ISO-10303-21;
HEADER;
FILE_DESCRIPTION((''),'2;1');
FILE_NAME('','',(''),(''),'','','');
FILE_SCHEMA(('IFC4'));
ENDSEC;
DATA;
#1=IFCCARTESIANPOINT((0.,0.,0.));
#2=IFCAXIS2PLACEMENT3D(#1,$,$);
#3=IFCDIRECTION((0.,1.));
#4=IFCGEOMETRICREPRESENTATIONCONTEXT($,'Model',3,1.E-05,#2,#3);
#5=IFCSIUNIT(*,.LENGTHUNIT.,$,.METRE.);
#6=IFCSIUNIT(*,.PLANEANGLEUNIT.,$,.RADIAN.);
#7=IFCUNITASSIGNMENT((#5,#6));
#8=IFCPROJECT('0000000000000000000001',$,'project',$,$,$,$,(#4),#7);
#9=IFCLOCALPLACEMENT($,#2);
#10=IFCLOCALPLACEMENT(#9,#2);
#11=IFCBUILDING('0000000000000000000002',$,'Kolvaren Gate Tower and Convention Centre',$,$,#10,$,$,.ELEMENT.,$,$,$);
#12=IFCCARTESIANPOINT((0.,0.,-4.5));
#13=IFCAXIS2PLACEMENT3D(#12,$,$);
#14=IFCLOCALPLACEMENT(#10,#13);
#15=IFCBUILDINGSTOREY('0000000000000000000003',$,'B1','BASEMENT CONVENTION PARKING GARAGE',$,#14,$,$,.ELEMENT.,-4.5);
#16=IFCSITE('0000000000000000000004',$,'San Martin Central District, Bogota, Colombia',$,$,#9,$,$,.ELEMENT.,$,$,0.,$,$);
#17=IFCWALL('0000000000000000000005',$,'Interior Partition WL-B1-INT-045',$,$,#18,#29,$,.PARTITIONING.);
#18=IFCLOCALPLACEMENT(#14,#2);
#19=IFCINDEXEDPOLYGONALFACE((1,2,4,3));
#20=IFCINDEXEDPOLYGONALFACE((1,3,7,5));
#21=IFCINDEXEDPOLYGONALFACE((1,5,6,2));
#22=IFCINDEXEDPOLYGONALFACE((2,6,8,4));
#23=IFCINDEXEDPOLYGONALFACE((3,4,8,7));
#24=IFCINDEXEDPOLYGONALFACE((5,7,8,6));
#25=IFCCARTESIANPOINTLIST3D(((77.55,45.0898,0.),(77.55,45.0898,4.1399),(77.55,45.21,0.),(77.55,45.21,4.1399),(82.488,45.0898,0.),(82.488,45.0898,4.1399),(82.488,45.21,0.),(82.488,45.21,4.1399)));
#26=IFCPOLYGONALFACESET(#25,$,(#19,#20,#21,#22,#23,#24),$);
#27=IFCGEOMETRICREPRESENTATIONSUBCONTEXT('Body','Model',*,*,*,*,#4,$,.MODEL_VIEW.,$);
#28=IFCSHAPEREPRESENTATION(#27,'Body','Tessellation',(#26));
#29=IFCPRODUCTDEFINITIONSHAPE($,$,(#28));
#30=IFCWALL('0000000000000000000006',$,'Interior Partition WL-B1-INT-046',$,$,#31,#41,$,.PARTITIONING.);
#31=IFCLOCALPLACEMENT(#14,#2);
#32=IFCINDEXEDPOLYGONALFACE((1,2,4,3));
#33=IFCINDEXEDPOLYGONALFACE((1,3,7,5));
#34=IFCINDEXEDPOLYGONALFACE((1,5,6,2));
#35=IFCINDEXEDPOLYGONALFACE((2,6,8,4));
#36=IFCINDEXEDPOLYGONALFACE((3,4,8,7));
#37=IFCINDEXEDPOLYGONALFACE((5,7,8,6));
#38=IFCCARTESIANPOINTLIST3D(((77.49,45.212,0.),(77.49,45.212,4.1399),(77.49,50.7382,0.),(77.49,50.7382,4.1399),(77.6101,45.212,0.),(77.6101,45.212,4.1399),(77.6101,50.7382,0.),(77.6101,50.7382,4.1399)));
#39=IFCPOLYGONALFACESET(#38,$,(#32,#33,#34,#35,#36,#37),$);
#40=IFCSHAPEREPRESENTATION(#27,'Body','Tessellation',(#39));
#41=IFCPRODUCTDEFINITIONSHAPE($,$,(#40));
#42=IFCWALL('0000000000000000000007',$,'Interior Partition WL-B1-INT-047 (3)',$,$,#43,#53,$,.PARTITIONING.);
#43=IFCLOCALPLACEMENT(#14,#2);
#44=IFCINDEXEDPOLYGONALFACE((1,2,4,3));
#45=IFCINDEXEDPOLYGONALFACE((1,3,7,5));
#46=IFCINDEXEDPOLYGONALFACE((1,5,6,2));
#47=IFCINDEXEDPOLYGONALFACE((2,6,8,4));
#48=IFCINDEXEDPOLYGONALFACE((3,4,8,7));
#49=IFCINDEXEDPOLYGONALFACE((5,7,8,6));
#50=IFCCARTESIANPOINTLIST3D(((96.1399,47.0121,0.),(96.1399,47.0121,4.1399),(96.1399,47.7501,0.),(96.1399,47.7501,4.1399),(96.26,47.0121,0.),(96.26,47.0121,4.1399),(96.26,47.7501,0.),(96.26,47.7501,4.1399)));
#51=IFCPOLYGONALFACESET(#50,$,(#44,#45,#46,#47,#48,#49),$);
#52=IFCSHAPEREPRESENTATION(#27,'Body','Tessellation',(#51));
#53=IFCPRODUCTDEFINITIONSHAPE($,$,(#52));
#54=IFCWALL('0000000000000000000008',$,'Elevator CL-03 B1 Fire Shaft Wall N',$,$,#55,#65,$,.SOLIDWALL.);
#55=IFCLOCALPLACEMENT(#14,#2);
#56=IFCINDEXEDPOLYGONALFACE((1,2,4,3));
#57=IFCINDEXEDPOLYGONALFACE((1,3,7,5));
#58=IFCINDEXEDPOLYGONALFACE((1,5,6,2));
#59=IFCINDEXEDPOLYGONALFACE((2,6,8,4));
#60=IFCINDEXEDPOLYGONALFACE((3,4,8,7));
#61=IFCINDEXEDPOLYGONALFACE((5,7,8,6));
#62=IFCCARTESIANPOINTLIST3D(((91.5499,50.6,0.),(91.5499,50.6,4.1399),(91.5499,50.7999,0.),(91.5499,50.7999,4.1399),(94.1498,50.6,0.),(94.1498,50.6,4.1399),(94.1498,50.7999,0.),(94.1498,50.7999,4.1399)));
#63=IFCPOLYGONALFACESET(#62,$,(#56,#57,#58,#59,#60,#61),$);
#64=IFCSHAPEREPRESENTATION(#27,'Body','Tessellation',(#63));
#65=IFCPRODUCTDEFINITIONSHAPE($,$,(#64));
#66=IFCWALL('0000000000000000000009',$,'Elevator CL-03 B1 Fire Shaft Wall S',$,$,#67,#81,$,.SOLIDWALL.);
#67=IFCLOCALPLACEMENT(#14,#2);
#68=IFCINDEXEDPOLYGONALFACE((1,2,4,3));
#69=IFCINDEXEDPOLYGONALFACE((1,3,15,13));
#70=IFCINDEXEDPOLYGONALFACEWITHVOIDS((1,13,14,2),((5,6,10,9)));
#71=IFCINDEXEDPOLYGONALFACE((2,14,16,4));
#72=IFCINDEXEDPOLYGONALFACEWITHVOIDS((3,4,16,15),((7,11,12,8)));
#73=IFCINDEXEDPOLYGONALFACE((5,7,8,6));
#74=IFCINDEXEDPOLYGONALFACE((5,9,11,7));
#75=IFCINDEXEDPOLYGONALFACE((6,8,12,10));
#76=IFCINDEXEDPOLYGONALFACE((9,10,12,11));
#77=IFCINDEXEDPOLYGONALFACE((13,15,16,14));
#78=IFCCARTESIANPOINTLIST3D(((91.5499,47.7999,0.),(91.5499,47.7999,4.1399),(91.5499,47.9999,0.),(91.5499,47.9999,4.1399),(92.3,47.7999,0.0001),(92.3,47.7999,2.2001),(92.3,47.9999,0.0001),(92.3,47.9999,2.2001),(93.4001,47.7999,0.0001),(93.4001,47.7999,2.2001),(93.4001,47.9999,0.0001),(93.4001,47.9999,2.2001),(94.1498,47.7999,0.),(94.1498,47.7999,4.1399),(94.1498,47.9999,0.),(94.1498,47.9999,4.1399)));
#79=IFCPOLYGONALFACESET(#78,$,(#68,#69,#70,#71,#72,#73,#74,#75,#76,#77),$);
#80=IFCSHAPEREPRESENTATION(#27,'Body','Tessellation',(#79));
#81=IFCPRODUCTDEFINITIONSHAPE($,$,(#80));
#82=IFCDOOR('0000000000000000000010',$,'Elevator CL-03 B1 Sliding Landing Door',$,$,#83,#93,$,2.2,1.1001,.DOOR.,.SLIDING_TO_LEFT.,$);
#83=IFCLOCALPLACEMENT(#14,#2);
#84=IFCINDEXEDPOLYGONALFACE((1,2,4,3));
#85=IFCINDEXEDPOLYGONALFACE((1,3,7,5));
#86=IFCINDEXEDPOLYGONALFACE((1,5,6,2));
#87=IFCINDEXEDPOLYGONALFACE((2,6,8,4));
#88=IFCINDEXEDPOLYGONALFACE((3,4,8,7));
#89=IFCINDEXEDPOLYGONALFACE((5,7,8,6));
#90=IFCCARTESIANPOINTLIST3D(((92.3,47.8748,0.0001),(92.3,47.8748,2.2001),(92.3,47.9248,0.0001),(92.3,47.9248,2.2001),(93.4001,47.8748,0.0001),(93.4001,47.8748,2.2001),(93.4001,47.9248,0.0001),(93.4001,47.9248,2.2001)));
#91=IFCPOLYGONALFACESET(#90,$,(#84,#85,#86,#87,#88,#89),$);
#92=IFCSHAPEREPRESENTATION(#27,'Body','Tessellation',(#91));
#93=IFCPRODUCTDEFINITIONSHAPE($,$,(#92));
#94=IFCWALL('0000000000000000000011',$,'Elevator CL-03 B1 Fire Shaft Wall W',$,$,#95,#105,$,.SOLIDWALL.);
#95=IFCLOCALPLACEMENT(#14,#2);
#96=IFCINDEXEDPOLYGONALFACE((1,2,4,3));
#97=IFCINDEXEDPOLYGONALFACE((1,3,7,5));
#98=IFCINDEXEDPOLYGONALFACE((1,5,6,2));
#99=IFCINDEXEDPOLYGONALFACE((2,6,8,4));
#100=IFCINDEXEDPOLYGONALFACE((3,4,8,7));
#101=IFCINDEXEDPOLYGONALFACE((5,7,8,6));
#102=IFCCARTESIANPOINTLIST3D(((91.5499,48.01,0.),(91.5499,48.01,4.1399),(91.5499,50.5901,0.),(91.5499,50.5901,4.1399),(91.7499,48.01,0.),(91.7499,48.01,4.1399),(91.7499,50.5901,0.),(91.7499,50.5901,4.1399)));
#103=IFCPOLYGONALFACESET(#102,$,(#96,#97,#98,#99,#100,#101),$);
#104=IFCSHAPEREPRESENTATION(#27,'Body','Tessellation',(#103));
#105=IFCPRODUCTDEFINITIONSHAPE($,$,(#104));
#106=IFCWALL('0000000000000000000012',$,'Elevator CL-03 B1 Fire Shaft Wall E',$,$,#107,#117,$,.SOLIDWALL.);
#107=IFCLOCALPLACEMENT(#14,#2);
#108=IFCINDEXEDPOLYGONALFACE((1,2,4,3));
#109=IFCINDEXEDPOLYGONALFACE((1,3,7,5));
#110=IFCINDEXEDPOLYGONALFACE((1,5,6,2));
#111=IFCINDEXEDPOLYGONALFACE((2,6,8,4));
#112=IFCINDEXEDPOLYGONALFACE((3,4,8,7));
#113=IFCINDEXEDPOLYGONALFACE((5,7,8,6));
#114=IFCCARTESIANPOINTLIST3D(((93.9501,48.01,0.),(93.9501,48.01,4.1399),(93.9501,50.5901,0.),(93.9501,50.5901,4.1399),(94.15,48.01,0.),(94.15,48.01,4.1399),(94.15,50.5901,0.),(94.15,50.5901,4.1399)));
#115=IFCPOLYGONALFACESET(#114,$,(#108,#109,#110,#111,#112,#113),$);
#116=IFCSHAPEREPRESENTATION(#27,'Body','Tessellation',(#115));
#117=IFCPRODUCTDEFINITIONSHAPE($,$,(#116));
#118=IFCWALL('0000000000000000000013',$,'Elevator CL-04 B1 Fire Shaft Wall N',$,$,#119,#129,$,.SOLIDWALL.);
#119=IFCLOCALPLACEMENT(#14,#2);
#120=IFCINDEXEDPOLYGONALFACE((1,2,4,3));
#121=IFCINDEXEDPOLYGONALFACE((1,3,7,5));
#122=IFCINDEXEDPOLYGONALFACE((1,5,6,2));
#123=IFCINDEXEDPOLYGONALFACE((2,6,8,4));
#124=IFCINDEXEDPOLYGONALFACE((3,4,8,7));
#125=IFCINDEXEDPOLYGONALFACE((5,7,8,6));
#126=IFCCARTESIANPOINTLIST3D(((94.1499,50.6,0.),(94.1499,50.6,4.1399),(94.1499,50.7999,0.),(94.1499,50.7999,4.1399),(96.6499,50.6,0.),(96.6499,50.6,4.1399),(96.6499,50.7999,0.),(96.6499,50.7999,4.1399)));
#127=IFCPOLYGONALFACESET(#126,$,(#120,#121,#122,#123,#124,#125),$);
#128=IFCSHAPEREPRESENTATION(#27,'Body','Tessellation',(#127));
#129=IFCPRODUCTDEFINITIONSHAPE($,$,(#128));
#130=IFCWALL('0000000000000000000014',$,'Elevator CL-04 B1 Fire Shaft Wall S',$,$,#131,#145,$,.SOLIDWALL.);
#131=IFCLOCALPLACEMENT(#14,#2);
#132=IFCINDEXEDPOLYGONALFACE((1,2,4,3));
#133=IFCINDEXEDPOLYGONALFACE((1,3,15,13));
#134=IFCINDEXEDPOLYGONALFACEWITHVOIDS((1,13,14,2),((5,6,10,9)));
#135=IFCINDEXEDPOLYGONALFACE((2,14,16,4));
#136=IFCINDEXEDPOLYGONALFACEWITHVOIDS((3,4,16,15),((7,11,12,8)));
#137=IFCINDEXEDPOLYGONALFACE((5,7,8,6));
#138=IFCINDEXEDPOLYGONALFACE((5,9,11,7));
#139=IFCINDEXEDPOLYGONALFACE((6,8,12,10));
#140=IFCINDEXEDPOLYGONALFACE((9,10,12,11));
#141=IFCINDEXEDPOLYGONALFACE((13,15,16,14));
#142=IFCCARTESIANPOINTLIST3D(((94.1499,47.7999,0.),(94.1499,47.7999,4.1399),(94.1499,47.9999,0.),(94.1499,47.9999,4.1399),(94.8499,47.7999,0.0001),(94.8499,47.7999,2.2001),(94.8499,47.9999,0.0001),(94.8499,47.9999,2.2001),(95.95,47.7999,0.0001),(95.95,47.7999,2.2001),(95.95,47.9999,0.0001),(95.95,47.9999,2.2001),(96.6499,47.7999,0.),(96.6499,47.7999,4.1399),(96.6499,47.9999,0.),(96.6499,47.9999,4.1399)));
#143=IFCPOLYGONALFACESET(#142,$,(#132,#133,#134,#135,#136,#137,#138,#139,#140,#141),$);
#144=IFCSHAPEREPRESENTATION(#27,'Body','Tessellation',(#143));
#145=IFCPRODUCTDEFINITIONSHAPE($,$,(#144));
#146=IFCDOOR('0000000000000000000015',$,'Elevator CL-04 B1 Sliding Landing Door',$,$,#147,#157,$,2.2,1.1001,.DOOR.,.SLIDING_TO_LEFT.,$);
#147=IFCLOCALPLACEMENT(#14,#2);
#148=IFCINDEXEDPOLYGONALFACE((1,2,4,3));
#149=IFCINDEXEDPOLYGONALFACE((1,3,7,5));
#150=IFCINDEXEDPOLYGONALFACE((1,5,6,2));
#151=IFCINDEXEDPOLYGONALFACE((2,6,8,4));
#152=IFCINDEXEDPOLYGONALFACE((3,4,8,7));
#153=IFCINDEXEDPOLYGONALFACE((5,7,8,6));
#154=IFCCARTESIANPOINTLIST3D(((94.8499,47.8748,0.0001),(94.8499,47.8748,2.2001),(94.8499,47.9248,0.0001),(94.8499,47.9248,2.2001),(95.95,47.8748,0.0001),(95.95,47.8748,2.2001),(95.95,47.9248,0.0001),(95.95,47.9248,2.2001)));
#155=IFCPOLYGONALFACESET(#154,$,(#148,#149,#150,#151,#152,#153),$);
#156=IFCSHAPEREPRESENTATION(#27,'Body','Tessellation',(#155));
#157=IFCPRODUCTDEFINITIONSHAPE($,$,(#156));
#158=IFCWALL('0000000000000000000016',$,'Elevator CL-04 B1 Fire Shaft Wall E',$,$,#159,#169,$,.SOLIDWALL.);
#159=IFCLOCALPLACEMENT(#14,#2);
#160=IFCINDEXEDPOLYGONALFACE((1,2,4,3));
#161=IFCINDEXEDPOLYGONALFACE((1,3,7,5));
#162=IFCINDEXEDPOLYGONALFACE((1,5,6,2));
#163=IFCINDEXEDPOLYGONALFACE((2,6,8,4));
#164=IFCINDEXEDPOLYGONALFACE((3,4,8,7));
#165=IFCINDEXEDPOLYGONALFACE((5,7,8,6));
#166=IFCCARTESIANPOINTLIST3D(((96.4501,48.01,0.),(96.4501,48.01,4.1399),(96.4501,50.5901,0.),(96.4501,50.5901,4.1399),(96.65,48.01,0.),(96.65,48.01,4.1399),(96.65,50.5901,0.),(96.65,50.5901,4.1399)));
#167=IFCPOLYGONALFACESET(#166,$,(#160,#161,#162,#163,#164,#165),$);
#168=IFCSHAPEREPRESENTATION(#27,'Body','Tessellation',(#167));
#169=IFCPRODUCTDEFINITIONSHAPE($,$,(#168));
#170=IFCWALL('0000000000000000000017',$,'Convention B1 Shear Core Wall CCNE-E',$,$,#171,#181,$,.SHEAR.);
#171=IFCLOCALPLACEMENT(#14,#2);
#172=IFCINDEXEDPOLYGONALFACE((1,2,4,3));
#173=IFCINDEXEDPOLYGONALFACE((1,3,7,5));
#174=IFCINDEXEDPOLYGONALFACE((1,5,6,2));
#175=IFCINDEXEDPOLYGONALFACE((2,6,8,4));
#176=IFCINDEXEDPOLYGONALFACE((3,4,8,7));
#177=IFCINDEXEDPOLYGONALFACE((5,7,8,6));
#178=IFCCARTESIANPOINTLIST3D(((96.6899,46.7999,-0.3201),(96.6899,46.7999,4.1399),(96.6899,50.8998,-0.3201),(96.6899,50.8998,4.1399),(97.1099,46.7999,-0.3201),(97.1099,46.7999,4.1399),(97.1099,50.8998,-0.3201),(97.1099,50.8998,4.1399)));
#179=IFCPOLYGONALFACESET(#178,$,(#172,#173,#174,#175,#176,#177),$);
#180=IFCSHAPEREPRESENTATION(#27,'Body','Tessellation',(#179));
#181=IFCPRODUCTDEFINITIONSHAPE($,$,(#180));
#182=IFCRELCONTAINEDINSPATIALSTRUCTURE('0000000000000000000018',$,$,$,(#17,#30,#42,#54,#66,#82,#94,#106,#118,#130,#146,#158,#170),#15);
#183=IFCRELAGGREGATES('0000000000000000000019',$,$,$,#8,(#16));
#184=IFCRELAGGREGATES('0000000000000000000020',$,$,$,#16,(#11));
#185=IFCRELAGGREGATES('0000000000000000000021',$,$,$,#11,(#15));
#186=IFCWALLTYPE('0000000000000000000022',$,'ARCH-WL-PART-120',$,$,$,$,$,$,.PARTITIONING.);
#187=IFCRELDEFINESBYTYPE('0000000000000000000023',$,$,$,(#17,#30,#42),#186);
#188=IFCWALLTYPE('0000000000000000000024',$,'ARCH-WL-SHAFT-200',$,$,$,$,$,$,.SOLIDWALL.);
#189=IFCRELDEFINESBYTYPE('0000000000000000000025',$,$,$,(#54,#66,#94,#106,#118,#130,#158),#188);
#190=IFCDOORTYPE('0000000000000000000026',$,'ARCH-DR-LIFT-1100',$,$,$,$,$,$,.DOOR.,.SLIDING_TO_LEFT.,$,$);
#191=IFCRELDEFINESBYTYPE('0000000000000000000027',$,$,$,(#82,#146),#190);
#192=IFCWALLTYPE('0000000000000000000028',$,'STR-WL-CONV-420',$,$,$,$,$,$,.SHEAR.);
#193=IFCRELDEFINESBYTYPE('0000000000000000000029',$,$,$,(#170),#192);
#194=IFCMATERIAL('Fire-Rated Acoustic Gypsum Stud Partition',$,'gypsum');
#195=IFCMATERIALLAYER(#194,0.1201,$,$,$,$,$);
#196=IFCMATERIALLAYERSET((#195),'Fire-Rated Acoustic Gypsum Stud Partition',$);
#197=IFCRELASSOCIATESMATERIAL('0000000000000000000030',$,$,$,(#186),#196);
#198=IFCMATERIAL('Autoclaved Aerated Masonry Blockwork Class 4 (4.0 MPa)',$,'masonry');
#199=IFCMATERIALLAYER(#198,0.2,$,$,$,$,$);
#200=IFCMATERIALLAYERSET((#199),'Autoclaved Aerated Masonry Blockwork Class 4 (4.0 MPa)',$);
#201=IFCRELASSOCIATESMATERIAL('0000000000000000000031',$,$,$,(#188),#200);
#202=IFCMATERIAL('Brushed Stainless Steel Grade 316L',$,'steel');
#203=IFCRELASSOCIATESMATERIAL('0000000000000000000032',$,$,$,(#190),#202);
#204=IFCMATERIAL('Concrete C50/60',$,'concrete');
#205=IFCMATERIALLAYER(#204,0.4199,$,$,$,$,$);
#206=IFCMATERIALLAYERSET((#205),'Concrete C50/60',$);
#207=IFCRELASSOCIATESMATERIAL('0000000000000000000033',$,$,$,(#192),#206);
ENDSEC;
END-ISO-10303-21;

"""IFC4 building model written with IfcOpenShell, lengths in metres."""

from ifc_helpers import new_model, si_unit, direction, frame, frame_2d, origin, place, context, subcontext, project, spatial, rectangle, extrude, material, layer, layer_set, type_object, element, fill, save


model = new_model("IFC4")

# Units and contexts
model_context = context("Model", 3, precision=1e-05, world=origin(), true_north=direction((0.0, 1.0)))
body_context = subcontext(model_context, "Body", "Model", "MODEL_VIEW")
ifc_project = project(units=[si_unit("LENGTHUNIT", "METRE"), si_unit("PLANEANGLEUNIT", "RADIAN")], contexts=[model_context])

# Site, building, storey
site_placement = place(None, origin())
site = spatial("IfcSite", under=ifc_project, at=site_placement, Name="San Martin Central District, Bogota, Colombia", CompositionType="ELEMENT", RefElevation=0.0)
building_placement = place(site_placement, origin())
building = spatial("IfcBuilding", under=site, at=building_placement, Name="Kolvaren Gate Tower and Convention Centre", CompositionType="ELEMENT")
storey_placement = place(building_placement, frame((0.0, 0.0, -4.5)))
storey = spatial("IfcBuildingStorey", under=building, at=storey_placement, Name="B1", Description="BASEMENT CONVENTION PARKING GARAGE", CompositionType="ELEMENT", Elevation=-4.5)

# Walls
ifc_material_1 = material(Name="Fire-Rated Acoustic Gypsum Stud Partition", Category="gypsum")
ifc_layer_1 = layer(ifc_material_1, 0.1201)
ifc_layer_set_1 = layer_set([ifc_layer_1], Name="Fire-Rated Acoustic Gypsum Stud Partition")
wall_type_1 = type_object("IfcWallType", Name="ARCH-WL-PART-120", PredefinedType="PARTITIONING", material=ifc_layer_set_1)
wall_1_placement = place(storey_placement, frame((77.55, 45.1499, 0.0), z_axis=(0.0, 0.0, 1.0), x_axis=(1.0, 0.0, 0.0)))
element("IfcWall", 1, at=wall_1_placement, inside=storey, type_object=wall_type_1, Name="Interior Partition WL-B1-INT-045", PredefinedType="PARTITIONING", context=body_context, shape_type="SweptSolid", body=[
    extrude(rectangle(XDim=4.938, YDim=0.1201, at=frame_2d((2.469, 0.0))), origin(), (0.0, 0.0, 1.0), 4.1399),
])
wall_2_placement = place(storey_placement, frame((77.55, 45.2119, 0.0), z_axis=(0.0, 0.0, 1.0), x_axis=(0.0, 1.0, 0.0)))
element("IfcWall", 2, at=wall_2_placement, inside=storey, type_object=wall_type_1, Name="Interior Partition WL-B1-INT-046", PredefinedType="PARTITIONING", context=body_context, shape_type="SweptSolid", body=[
    extrude(rectangle(XDim=5.5261, YDim=0.1201, at=frame_2d((2.7632, 0.0))), origin(), (0.0, 0.0, 1.0), 4.1399),
])
wall_3_placement = place(storey_placement, frame((96.2, 47.012, 0.0), z_axis=(0.0, 0.0, 1.0), x_axis=(0.0, 1.0, 0.0)))
element("IfcWall", 3, at=wall_3_placement, inside=storey, type_object=wall_type_1, Name="Interior Partition WL-B1-INT-047 (3)", PredefinedType="PARTITIONING", context=body_context, shape_type="SweptSolid", body=[
    extrude(rectangle(XDim=0.738, YDim=0.1201, at=frame_2d((0.3691, 0.0))), origin(), (0.0, 0.0, 1.0), 4.1399),
])
ifc_material_2 = material(Name="Autoclaved Aerated Masonry Blockwork Class 4 (4.0 MPa)", Category="masonry")
ifc_layer_2 = layer(ifc_material_2, 0.2)
ifc_layer_set_2 = layer_set([ifc_layer_2], Name="Autoclaved Aerated Masonry Blockwork Class 4 (4.0 MPa)")
wall_type_2 = type_object("IfcWallType", Name="ARCH-WL-SHAFT-200", PredefinedType="SOLIDWALL", material=ifc_layer_set_2)
wall_4_placement = place(storey_placement, frame((91.55, 50.7, 0.0), z_axis=(0.0, 0.0, 1.0), x_axis=(1.0, 0.0, 0.0)))
element("IfcWall", 4, at=wall_4_placement, inside=storey, type_object=wall_type_2, Name="Elevator CL-03 B1 Fire Shaft Wall N", PredefinedType="SOLIDWALL", context=body_context, shape_type="SweptSolid", body=[
    extrude(rectangle(XDim=2.5999, YDim=0.2, at=frame_2d((1.2998, 0.0))), origin(), (0.0, 0.0, 1.0), 4.1399),
])

# Wall, opening, door
wall_5_placement = place(storey_placement, frame((91.55, 47.8999, 0.0), z_axis=(0.0, 0.0, 1.0), x_axis=(1.0, 0.0, 0.0)))
wall_5 = element("IfcWall", 5, at=wall_5_placement, inside=storey, type_object=wall_type_2, Name="Elevator CL-03 B1 Fire Shaft Wall S", PredefinedType="SOLIDWALL", context=body_context, shape_type="SweptSolid", body=[
    extrude(rectangle(XDim=2.5999, YDim=0.2, at=frame_2d((1.2998, 0.0))), origin(), (0.0, 0.0, 1.0), 4.1399),
])
opening_1_placement = place(wall_5_placement, frame((0.75, 0.0, 0.0)))
opening_1 = element("IfcOpeningElement", 6, at=opening_1_placement, cuts=wall_5, PredefinedType="OPENING", context=body_context, shape_type="SweptSolid", body=[
    extrude(rectangle(XDim=1.1001, YDim=2.2, at=frame_2d((0.55, 1.1001))), frame((0.0, 0.1099, 0.0), z_axis=(0.0, -1.0, 0.0), x_axis=(1.0, 0.0, 0.0)), (0.0, 0.0, 1.0), 0.22),
])
ifc_material_3 = material(Name="Brushed Stainless Steel Grade 316L", Category="steel")
door_type = type_object("IfcDoorType", Name="ARCH-DR-LIFT-1100", OperationType="SLIDING_TO_LEFT", PredefinedType="DOOR", material=ifc_material_3)
door_1_placement = place(opening_1_placement, origin())
door_1 = element("IfcDoor", 7, at=door_1_placement, inside=storey, type_object=door_type, Name="Elevator CL-03 B1 Sliding Landing Door", OperationType="SLIDING_TO_LEFT", OverallHeight=2.2, OverallWidth=1.1001, PredefinedType="DOOR", context=body_context, shape_type="SweptSolid", body=[
    extrude(rectangle(XDim=1.1001, YDim=2.2, at=frame_2d((0.55, 1.1001))), frame((0.0, 0.0249, 0.0), z_axis=(0.0, -1.0, 0.0), x_axis=(1.0, 0.0, 0.0)), (0.0, 0.0, 1.0), 0.05),
])
fill(opening_1, door_1)

# Walls
for number, where, z_axis, x_axis, name in (
    (8, (91.6499, 48.01, 0.0), (0.0, 0.0, 1.0), (0.0, 1.0, 0.0), "Elevator CL-03 B1 Fire Shaft Wall W"),
    (9, (94.05, 48.01, 0.0), (0.0, 0.0, 1.0), (0.0, 1.0, 0.0), "Elevator CL-03 B1 Fire Shaft Wall E"),
):
    element("IfcWall", number, at=place(storey_placement, frame(where, z_axis=z_axis, x_axis=x_axis)), inside=storey, type_object=wall_type_2, Name=name, PredefinedType="SOLIDWALL", context=body_context, shape_type="SweptSolid", body=[
        extrude(rectangle(XDim=2.5801, YDim=0.2, at=frame_2d((1.29, 0.0))), origin(), (0.0, 0.0, 1.0), 4.1399),
    ])
wall_6_placement = place(storey_placement, frame((94.1499, 50.7, 0.0), z_axis=(0.0, 0.0, 1.0), x_axis=(1.0, 0.0, 0.0)))
element("IfcWall", 10, at=wall_6_placement, inside=storey, type_object=wall_type_2, Name="Elevator CL-04 B1 Fire Shaft Wall N", PredefinedType="SOLIDWALL", context=body_context, shape_type="SweptSolid", body=[
    extrude(rectangle(XDim=2.5, YDim=0.2, at=frame_2d((1.25, 0.0))), origin(), (0.0, 0.0, 1.0), 4.1399),
])

# Wall, opening, door
wall_7_placement = place(storey_placement, frame((94.1499, 47.8999, 0.0), z_axis=(0.0, 0.0, 1.0), x_axis=(1.0, 0.0, 0.0)))
wall_7 = element("IfcWall", 11, at=wall_7_placement, inside=storey, type_object=wall_type_2, Name="Elevator CL-04 B1 Fire Shaft Wall S", PredefinedType="SOLIDWALL", context=body_context, shape_type="SweptSolid", body=[
    extrude(rectangle(XDim=2.5, YDim=0.2, at=frame_2d((1.25, 0.0))), origin(), (0.0, 0.0, 1.0), 4.1399),
])
opening_2_placement = place(wall_7_placement, frame((0.7, 0.0, 0.0)))
opening_2 = element("IfcOpeningElement", 12, at=opening_2_placement, cuts=wall_7, PredefinedType="OPENING", context=body_context, shape_type="SweptSolid", body=[
    extrude(rectangle(XDim=1.1001, YDim=2.2, at=frame_2d((0.55, 1.1001))), frame((0.0, 0.1099, 0.0), z_axis=(0.0, -1.0, 0.0), x_axis=(1.0, 0.0, 0.0)), (0.0, 0.0, 1.0), 0.22),
])
door_2_placement = place(opening_2_placement, origin())
door_2 = element("IfcDoor", 13, at=door_2_placement, inside=storey, type_object=door_type, Name="Elevator CL-04 B1 Sliding Landing Door", OperationType="SLIDING_TO_LEFT", OverallHeight=2.2, OverallWidth=1.1001, PredefinedType="DOOR", context=body_context, shape_type="SweptSolid", body=[
    extrude(rectangle(XDim=1.1001, YDim=2.2, at=frame_2d((0.55, 1.1001))), frame((0.0, 0.0249, 0.0), z_axis=(0.0, -1.0, 0.0), x_axis=(1.0, 0.0, 0.0)), (0.0, 0.0, 1.0), 0.05),
])
fill(opening_2, door_2)

# Walls
wall_8_placement = place(storey_placement, frame((96.55, 48.01, 0.0), z_axis=(0.0, 0.0, 1.0), x_axis=(0.0, 1.0, 0.0)))
element("IfcWall", 14, at=wall_8_placement, inside=storey, type_object=wall_type_2, Name="Elevator CL-04 B1 Fire Shaft Wall E", PredefinedType="SOLIDWALL", context=body_context, shape_type="SweptSolid", body=[
    extrude(rectangle(XDim=2.5801, YDim=0.2, at=frame_2d((1.29, 0.0))), origin(), (0.0, 0.0, 1.0), 4.1399),
])
ifc_material_4 = material(Name="Concrete C50/60", Category="concrete")
ifc_layer_3 = layer(ifc_material_4, 0.4199)
ifc_layer_set_3 = layer_set([ifc_layer_3], Name="Concrete C50/60")
wall_type_3 = type_object("IfcWallType", Name="STR-WL-CONV-420", PredefinedType="SHEAR", material=ifc_layer_set_3)
wall_9_placement = place(storey_placement, frame((96.8999, 46.8, -0.3201), z_axis=(0.0, 0.0, 1.0), x_axis=(0.0, 1.0, 0.0)))
element("IfcWall", 15, at=wall_9_placement, inside=storey, type_object=wall_type_3, Name="Convention B1 Shear Core Wall CCNE-E", PredefinedType="SHEAR", context=body_context, shape_type="SweptSolid", body=[
    extrude(rectangle(XDim=4.0999, YDim=0.4199, at=frame_2d((2.0498, 0.0))), origin(), (0.0, 0.0, 1.0), 4.46),
])

save(model, "model.ifc")
